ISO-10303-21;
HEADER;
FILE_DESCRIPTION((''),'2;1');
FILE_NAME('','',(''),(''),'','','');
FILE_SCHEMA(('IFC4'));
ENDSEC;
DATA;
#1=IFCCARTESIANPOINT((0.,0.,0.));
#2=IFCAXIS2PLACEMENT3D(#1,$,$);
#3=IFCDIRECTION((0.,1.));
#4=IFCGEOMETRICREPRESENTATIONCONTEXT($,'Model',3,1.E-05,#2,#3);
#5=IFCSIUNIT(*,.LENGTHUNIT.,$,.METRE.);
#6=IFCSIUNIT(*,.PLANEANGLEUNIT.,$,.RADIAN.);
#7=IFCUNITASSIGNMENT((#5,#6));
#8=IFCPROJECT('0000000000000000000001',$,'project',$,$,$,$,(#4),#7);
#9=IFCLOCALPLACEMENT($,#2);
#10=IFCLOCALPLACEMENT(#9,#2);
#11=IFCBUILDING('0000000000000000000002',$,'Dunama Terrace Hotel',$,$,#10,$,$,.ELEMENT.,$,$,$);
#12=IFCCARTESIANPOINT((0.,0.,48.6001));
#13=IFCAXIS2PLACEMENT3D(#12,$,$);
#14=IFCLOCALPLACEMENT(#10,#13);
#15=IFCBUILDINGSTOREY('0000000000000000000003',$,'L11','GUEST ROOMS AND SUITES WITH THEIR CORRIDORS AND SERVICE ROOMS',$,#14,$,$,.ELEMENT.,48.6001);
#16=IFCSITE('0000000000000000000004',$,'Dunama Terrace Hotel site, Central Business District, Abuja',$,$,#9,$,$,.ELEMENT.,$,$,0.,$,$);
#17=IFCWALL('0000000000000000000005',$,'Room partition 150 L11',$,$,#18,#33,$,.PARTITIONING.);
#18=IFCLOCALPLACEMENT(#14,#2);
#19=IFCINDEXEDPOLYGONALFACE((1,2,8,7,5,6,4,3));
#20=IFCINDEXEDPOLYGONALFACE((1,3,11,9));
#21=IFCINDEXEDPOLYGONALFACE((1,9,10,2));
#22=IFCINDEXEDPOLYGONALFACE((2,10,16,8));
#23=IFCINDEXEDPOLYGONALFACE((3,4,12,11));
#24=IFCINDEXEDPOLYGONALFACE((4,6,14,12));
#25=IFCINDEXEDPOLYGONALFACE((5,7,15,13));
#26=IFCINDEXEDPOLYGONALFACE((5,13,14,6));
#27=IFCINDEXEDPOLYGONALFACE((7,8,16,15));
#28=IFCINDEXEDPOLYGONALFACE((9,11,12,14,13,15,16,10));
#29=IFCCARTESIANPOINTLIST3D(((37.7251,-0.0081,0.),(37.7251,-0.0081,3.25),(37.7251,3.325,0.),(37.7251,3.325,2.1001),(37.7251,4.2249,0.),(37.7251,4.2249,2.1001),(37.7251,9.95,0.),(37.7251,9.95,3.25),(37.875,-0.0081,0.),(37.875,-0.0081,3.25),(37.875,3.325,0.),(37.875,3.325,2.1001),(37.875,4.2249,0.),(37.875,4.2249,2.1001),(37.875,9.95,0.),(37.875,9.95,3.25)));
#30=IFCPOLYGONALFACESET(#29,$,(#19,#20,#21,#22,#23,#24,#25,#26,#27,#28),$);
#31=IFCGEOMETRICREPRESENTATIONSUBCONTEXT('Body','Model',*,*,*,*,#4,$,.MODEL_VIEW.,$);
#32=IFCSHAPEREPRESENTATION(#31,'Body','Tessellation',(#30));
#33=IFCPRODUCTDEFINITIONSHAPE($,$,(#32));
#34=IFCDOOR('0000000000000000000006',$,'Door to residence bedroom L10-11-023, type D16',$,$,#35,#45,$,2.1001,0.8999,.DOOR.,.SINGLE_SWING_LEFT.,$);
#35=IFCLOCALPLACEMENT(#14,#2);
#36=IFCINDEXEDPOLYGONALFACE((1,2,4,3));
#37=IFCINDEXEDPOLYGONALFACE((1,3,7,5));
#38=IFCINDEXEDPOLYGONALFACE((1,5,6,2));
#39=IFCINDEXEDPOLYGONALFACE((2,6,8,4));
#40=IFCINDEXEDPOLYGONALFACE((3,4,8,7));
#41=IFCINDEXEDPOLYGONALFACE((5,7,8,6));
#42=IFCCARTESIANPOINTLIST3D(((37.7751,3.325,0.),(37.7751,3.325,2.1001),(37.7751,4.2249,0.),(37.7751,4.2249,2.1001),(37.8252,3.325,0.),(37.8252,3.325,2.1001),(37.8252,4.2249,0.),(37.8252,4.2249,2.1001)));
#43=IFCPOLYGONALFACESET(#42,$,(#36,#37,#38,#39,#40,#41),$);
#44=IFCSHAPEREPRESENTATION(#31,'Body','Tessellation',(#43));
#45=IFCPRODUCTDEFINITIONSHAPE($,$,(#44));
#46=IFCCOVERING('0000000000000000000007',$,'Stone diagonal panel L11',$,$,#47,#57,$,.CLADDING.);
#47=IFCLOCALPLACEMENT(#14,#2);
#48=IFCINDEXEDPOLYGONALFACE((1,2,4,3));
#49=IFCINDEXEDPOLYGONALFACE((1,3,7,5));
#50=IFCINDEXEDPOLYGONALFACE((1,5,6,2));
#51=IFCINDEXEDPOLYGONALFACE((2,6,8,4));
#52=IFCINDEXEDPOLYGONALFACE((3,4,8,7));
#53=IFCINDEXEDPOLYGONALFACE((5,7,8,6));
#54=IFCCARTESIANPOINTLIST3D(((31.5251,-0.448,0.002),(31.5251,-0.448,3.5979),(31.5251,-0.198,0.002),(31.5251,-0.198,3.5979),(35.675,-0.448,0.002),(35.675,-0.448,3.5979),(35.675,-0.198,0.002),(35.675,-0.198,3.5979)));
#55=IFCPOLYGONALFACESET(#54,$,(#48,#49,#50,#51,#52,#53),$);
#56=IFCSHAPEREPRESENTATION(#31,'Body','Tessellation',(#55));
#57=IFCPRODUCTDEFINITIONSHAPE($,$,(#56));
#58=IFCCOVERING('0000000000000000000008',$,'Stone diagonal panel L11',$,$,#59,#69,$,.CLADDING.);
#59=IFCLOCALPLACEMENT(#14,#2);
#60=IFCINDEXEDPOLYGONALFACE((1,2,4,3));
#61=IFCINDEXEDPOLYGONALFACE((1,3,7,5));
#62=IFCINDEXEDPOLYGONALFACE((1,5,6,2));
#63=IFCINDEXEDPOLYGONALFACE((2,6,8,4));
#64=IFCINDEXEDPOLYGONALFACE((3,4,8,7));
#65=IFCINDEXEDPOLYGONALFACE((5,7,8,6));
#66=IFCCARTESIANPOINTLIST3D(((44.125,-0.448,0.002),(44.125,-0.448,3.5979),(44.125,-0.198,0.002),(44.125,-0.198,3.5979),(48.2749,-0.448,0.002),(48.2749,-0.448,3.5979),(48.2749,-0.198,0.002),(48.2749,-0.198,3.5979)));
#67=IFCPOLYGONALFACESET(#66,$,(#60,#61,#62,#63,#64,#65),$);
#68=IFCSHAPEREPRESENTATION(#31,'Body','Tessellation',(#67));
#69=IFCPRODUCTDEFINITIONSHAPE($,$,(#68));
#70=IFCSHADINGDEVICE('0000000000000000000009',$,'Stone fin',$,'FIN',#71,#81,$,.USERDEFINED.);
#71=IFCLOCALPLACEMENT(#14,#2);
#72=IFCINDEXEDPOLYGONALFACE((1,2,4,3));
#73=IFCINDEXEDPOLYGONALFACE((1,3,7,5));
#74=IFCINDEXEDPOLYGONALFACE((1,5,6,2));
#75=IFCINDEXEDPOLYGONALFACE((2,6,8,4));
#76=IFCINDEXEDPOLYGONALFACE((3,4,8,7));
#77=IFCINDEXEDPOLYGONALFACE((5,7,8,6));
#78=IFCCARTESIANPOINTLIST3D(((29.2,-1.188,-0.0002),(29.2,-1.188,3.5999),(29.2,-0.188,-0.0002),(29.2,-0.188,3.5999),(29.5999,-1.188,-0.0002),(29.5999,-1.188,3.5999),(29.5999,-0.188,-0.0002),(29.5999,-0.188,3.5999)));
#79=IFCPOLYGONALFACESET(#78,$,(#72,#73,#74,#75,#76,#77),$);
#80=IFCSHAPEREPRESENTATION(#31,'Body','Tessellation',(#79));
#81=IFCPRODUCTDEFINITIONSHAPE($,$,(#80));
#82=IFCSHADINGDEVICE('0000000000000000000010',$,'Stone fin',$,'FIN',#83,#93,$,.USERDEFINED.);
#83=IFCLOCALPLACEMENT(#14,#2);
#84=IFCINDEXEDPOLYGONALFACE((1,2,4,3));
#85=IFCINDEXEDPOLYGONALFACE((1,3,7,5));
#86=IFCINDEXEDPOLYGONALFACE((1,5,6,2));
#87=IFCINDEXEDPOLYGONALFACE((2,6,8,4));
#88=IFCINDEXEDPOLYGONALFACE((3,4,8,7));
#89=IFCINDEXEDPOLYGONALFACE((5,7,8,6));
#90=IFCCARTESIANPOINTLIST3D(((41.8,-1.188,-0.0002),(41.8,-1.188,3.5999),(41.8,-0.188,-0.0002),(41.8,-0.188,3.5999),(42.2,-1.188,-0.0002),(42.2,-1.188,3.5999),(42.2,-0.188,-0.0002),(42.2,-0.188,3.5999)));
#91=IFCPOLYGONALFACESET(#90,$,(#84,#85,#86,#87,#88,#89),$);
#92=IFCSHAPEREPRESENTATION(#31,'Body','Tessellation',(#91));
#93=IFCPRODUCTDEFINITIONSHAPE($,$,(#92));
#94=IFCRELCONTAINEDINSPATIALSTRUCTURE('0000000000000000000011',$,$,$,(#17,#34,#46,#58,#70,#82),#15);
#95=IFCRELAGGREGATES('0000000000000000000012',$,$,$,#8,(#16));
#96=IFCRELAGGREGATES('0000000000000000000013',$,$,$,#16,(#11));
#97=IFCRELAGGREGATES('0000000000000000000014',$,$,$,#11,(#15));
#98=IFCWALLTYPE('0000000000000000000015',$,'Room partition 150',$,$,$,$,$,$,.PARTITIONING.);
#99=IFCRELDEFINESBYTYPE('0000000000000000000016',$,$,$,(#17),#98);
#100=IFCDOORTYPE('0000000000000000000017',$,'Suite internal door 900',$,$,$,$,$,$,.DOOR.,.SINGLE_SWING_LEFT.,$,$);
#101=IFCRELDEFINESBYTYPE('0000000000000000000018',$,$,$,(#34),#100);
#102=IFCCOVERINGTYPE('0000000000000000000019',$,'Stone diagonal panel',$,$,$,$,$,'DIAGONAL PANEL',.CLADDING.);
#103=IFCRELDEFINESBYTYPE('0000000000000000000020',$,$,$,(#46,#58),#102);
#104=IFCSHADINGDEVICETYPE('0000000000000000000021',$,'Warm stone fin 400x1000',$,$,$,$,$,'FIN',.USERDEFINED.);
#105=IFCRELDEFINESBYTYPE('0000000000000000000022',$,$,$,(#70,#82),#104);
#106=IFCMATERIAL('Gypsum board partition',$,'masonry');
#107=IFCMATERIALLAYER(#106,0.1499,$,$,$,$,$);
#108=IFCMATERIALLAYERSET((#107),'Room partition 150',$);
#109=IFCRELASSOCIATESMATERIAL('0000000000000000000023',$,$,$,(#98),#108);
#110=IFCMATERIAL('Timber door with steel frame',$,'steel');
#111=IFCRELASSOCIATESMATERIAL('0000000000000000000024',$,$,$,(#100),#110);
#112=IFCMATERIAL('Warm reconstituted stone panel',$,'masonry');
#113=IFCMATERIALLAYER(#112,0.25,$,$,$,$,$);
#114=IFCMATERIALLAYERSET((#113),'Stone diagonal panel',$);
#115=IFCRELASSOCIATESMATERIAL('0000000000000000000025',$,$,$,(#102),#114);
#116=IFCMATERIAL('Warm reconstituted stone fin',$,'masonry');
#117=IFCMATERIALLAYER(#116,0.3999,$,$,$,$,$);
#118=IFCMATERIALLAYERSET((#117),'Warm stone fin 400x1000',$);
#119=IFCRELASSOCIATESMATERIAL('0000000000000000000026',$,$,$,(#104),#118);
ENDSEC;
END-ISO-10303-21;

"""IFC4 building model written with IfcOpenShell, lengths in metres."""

from ifc_helpers import new_model, si_unit, direction, frame, frame_2d, origin, origin_2d, place, context, subcontext, project, spatial, rectangle, extrude, material, layer, layer_set, type_object, element, fill, save


model = new_model("IFC4")

# Units and contexts
model_context = context("Model", 3, precision=1e-05, world=origin(), true_north=direction((0.0, 1.0)))
body_context = subcontext(model_context, "Body", "Model", "MODEL_VIEW")
ifc_project = project(units=[si_unit("LENGTHUNIT", "METRE"), si_unit("PLANEANGLEUNIT", "RADIAN")], contexts=[model_context])

# Site, building, storey
site_placement = place(None, origin())
site = spatial("IfcSite", under=ifc_project, at=site_placement, Name="Dunama Terrace Hotel site, Central Business District, Abuja", CompositionType="ELEMENT", RefElevation=0.0)
building_placement = place(site_placement, origin())
building = spatial("IfcBuilding", under=site, at=building_placement, Name="Dunama Terrace Hotel", CompositionType="ELEMENT")
storey_placement = place(building_placement, frame((0.0, 0.0, 48.6001)))
storey = spatial("IfcBuildingStorey", under=building, at=storey_placement, Name="L11", Description="GUEST ROOMS AND SUITES WITH THEIR CORRIDORS AND SERVICE ROOMS", CompositionType="ELEMENT", Elevation=48.6001)

# Wall, opening, door
ifc_material_1 = material(Name="Gypsum board partition", Category="masonry")
ifc_layer_1 = layer(ifc_material_1, 0.1499)
ifc_layer_set_1 = layer_set([ifc_layer_1], Name="Room partition 150")
wall_type_1 = type_object("IfcWallType", Name="Room partition 150", PredefinedType="PARTITIONING", material=ifc_layer_set_1)
ifc_material_2 = material(Name="Timber door with steel frame", Category="steel")
door_type_1 = type_object("IfcDoorType", Name="Suite internal door 900", OperationType="SINGLE_SWING_LEFT", PredefinedType="DOOR", material=ifc_material_2)
wall_1_placement = place(storey_placement, frame((37.8, -0.0081, 0.0), z_axis=(0.0, 0.0, 1.0), x_axis=(0.0, 1.0, 0.0)))
wall_1 = element("IfcWall", 1, at=wall_1_placement, inside=storey, type_object=wall_type_1, Name="Room partition 150 L11", PredefinedType="PARTITIONING", context=body_context, shape_type="SweptSolid", body=[
    extrude(rectangle(XDim=9.958, YDim=0.1499, at=frame_2d((4.979, 0.0))), origin(), (0.0, 0.0, 1.0), 3.25),
])
opening_1_placement = place(wall_1_placement, frame((3.333, 0.0, 0.0)))
opening_1 = element("IfcOpeningElement", 2, at=opening_1_placement, cuts=wall_1, PredefinedType="OPENING", context=body_context, shape_type="SweptSolid", body=[
    extrude(rectangle(XDim=0.8999, YDim=2.1001, at=frame_2d((0.45, 1.05))), frame((0.0, 0.085, 0.0), z_axis=(0.0, -1.0, 0.0), x_axis=(1.0, 0.0, 0.0)), (0.0, 0.0, 1.0), 0.1699),
])
door_1_placement = place(opening_1_placement, frame((0.8999, 0.0, 0.0), z_axis=(0.0, 0.0, 1.0), x_axis=(-1.0, 0.0, 0.0)))
door_1 = element("IfcDoor", 3, at=door_1_placement, inside=storey, type_object=door_type_1, Name="Door to residence bedroom L10-11-023, type D16", OperationType="SINGLE_SWING_LEFT", OverallHeight=2.1001, OverallWidth=0.8999, PredefinedType="DOOR", context=body_context, shape_type="SweptSolid", body=[
    extrude(rectangle(XDim=0.8999, YDim=2.1001, at=frame_2d((0.45, 1.05))), frame((0.0, 0.0251, 0.0), z_axis=(0.0, -1.0, 0.0), x_axis=(1.0, 0.0, 0.0)), (0.0, 0.0, 1.0), 0.05),
])
fill(opening_1, door_1)

# Coverings
ifc_material_3 = material(Name="Warm reconstituted stone panel", Category="masonry")
ifc_layer_2 = layer(ifc_material_3, 0.25)
ifc_layer_set_2 = layer_set([ifc_layer_2], Name="Stone diagonal panel")
covering_type = type_object("IfcCoveringType", Name="Stone diagonal panel", ElementType="DIAGONAL PANEL", PredefinedType="CLADDING", material=ifc_layer_set_2)
for number, where, z_axis, x_axis, name in (
    (4, (33.6001, -0.323, 0.002), (0.0, 0.0, 1.0), (1.0, 0.0, 0.0), "Stone diagonal panel L11"),
    (5, (46.2, -0.323, 0.002), (0.0, 0.0, 1.0), (1.0, 0.0, 0.0), "Stone diagonal panel L11"),
):
    element("IfcCovering", number, at=place(storey_placement, frame(where, z_axis=z_axis, x_axis=x_axis)), inside=storey, type_object=covering_type, Name=name, PredefinedType="CLADDING", context=body_context, shape_type="SweptSolid", body=[
        extrude(rectangle(XDim=4.1499, YDim=0.25, at=origin_2d()), origin(), (0.0, 0.0, 1.0), 3.5959),
    ])

# Shading devices
ifc_material_4 = material(Name="Warm reconstituted stone fin", Category="masonry")
ifc_layer_3 = layer(ifc_material_4, 0.3999)
ifc_layer_set_3 = layer_set([ifc_layer_3], Name="Warm stone fin 400x1000")
shading_device_type = type_object("IfcShadingDeviceType", Name="Warm stone fin 400x1000", ElementType="FIN", PredefinedType="USERDEFINED", material=ifc_layer_set_3)
for number, where, z_axis, x_axis, name in (
    (6, (29.3999, -0.688, -0.0002), (0.0, 0.0, 1.0), (1.0, 0.0, 0.0), "Stone fin"),
    (7, (42.0, -0.688, -0.0002), (0.0, 0.0, 1.0), (1.0, 0.0, 0.0), "Stone fin"),
):
    element("IfcShadingDevice", number, at=place(storey_placement, frame(where, z_axis=z_axis, x_axis=x_axis)), inside=storey, type_object=shading_device_type, Name=name, ObjectType="FIN", PredefinedType="USERDEFINED", context=body_context, shape_type="SweptSolid", body=[
        extrude(rectangle(XDim=0.3999, YDim=1.0, at=origin_2d()), origin(), (0.0, 0.0, 1.0), 3.6001),
    ])

save(model, "model.ifc")
